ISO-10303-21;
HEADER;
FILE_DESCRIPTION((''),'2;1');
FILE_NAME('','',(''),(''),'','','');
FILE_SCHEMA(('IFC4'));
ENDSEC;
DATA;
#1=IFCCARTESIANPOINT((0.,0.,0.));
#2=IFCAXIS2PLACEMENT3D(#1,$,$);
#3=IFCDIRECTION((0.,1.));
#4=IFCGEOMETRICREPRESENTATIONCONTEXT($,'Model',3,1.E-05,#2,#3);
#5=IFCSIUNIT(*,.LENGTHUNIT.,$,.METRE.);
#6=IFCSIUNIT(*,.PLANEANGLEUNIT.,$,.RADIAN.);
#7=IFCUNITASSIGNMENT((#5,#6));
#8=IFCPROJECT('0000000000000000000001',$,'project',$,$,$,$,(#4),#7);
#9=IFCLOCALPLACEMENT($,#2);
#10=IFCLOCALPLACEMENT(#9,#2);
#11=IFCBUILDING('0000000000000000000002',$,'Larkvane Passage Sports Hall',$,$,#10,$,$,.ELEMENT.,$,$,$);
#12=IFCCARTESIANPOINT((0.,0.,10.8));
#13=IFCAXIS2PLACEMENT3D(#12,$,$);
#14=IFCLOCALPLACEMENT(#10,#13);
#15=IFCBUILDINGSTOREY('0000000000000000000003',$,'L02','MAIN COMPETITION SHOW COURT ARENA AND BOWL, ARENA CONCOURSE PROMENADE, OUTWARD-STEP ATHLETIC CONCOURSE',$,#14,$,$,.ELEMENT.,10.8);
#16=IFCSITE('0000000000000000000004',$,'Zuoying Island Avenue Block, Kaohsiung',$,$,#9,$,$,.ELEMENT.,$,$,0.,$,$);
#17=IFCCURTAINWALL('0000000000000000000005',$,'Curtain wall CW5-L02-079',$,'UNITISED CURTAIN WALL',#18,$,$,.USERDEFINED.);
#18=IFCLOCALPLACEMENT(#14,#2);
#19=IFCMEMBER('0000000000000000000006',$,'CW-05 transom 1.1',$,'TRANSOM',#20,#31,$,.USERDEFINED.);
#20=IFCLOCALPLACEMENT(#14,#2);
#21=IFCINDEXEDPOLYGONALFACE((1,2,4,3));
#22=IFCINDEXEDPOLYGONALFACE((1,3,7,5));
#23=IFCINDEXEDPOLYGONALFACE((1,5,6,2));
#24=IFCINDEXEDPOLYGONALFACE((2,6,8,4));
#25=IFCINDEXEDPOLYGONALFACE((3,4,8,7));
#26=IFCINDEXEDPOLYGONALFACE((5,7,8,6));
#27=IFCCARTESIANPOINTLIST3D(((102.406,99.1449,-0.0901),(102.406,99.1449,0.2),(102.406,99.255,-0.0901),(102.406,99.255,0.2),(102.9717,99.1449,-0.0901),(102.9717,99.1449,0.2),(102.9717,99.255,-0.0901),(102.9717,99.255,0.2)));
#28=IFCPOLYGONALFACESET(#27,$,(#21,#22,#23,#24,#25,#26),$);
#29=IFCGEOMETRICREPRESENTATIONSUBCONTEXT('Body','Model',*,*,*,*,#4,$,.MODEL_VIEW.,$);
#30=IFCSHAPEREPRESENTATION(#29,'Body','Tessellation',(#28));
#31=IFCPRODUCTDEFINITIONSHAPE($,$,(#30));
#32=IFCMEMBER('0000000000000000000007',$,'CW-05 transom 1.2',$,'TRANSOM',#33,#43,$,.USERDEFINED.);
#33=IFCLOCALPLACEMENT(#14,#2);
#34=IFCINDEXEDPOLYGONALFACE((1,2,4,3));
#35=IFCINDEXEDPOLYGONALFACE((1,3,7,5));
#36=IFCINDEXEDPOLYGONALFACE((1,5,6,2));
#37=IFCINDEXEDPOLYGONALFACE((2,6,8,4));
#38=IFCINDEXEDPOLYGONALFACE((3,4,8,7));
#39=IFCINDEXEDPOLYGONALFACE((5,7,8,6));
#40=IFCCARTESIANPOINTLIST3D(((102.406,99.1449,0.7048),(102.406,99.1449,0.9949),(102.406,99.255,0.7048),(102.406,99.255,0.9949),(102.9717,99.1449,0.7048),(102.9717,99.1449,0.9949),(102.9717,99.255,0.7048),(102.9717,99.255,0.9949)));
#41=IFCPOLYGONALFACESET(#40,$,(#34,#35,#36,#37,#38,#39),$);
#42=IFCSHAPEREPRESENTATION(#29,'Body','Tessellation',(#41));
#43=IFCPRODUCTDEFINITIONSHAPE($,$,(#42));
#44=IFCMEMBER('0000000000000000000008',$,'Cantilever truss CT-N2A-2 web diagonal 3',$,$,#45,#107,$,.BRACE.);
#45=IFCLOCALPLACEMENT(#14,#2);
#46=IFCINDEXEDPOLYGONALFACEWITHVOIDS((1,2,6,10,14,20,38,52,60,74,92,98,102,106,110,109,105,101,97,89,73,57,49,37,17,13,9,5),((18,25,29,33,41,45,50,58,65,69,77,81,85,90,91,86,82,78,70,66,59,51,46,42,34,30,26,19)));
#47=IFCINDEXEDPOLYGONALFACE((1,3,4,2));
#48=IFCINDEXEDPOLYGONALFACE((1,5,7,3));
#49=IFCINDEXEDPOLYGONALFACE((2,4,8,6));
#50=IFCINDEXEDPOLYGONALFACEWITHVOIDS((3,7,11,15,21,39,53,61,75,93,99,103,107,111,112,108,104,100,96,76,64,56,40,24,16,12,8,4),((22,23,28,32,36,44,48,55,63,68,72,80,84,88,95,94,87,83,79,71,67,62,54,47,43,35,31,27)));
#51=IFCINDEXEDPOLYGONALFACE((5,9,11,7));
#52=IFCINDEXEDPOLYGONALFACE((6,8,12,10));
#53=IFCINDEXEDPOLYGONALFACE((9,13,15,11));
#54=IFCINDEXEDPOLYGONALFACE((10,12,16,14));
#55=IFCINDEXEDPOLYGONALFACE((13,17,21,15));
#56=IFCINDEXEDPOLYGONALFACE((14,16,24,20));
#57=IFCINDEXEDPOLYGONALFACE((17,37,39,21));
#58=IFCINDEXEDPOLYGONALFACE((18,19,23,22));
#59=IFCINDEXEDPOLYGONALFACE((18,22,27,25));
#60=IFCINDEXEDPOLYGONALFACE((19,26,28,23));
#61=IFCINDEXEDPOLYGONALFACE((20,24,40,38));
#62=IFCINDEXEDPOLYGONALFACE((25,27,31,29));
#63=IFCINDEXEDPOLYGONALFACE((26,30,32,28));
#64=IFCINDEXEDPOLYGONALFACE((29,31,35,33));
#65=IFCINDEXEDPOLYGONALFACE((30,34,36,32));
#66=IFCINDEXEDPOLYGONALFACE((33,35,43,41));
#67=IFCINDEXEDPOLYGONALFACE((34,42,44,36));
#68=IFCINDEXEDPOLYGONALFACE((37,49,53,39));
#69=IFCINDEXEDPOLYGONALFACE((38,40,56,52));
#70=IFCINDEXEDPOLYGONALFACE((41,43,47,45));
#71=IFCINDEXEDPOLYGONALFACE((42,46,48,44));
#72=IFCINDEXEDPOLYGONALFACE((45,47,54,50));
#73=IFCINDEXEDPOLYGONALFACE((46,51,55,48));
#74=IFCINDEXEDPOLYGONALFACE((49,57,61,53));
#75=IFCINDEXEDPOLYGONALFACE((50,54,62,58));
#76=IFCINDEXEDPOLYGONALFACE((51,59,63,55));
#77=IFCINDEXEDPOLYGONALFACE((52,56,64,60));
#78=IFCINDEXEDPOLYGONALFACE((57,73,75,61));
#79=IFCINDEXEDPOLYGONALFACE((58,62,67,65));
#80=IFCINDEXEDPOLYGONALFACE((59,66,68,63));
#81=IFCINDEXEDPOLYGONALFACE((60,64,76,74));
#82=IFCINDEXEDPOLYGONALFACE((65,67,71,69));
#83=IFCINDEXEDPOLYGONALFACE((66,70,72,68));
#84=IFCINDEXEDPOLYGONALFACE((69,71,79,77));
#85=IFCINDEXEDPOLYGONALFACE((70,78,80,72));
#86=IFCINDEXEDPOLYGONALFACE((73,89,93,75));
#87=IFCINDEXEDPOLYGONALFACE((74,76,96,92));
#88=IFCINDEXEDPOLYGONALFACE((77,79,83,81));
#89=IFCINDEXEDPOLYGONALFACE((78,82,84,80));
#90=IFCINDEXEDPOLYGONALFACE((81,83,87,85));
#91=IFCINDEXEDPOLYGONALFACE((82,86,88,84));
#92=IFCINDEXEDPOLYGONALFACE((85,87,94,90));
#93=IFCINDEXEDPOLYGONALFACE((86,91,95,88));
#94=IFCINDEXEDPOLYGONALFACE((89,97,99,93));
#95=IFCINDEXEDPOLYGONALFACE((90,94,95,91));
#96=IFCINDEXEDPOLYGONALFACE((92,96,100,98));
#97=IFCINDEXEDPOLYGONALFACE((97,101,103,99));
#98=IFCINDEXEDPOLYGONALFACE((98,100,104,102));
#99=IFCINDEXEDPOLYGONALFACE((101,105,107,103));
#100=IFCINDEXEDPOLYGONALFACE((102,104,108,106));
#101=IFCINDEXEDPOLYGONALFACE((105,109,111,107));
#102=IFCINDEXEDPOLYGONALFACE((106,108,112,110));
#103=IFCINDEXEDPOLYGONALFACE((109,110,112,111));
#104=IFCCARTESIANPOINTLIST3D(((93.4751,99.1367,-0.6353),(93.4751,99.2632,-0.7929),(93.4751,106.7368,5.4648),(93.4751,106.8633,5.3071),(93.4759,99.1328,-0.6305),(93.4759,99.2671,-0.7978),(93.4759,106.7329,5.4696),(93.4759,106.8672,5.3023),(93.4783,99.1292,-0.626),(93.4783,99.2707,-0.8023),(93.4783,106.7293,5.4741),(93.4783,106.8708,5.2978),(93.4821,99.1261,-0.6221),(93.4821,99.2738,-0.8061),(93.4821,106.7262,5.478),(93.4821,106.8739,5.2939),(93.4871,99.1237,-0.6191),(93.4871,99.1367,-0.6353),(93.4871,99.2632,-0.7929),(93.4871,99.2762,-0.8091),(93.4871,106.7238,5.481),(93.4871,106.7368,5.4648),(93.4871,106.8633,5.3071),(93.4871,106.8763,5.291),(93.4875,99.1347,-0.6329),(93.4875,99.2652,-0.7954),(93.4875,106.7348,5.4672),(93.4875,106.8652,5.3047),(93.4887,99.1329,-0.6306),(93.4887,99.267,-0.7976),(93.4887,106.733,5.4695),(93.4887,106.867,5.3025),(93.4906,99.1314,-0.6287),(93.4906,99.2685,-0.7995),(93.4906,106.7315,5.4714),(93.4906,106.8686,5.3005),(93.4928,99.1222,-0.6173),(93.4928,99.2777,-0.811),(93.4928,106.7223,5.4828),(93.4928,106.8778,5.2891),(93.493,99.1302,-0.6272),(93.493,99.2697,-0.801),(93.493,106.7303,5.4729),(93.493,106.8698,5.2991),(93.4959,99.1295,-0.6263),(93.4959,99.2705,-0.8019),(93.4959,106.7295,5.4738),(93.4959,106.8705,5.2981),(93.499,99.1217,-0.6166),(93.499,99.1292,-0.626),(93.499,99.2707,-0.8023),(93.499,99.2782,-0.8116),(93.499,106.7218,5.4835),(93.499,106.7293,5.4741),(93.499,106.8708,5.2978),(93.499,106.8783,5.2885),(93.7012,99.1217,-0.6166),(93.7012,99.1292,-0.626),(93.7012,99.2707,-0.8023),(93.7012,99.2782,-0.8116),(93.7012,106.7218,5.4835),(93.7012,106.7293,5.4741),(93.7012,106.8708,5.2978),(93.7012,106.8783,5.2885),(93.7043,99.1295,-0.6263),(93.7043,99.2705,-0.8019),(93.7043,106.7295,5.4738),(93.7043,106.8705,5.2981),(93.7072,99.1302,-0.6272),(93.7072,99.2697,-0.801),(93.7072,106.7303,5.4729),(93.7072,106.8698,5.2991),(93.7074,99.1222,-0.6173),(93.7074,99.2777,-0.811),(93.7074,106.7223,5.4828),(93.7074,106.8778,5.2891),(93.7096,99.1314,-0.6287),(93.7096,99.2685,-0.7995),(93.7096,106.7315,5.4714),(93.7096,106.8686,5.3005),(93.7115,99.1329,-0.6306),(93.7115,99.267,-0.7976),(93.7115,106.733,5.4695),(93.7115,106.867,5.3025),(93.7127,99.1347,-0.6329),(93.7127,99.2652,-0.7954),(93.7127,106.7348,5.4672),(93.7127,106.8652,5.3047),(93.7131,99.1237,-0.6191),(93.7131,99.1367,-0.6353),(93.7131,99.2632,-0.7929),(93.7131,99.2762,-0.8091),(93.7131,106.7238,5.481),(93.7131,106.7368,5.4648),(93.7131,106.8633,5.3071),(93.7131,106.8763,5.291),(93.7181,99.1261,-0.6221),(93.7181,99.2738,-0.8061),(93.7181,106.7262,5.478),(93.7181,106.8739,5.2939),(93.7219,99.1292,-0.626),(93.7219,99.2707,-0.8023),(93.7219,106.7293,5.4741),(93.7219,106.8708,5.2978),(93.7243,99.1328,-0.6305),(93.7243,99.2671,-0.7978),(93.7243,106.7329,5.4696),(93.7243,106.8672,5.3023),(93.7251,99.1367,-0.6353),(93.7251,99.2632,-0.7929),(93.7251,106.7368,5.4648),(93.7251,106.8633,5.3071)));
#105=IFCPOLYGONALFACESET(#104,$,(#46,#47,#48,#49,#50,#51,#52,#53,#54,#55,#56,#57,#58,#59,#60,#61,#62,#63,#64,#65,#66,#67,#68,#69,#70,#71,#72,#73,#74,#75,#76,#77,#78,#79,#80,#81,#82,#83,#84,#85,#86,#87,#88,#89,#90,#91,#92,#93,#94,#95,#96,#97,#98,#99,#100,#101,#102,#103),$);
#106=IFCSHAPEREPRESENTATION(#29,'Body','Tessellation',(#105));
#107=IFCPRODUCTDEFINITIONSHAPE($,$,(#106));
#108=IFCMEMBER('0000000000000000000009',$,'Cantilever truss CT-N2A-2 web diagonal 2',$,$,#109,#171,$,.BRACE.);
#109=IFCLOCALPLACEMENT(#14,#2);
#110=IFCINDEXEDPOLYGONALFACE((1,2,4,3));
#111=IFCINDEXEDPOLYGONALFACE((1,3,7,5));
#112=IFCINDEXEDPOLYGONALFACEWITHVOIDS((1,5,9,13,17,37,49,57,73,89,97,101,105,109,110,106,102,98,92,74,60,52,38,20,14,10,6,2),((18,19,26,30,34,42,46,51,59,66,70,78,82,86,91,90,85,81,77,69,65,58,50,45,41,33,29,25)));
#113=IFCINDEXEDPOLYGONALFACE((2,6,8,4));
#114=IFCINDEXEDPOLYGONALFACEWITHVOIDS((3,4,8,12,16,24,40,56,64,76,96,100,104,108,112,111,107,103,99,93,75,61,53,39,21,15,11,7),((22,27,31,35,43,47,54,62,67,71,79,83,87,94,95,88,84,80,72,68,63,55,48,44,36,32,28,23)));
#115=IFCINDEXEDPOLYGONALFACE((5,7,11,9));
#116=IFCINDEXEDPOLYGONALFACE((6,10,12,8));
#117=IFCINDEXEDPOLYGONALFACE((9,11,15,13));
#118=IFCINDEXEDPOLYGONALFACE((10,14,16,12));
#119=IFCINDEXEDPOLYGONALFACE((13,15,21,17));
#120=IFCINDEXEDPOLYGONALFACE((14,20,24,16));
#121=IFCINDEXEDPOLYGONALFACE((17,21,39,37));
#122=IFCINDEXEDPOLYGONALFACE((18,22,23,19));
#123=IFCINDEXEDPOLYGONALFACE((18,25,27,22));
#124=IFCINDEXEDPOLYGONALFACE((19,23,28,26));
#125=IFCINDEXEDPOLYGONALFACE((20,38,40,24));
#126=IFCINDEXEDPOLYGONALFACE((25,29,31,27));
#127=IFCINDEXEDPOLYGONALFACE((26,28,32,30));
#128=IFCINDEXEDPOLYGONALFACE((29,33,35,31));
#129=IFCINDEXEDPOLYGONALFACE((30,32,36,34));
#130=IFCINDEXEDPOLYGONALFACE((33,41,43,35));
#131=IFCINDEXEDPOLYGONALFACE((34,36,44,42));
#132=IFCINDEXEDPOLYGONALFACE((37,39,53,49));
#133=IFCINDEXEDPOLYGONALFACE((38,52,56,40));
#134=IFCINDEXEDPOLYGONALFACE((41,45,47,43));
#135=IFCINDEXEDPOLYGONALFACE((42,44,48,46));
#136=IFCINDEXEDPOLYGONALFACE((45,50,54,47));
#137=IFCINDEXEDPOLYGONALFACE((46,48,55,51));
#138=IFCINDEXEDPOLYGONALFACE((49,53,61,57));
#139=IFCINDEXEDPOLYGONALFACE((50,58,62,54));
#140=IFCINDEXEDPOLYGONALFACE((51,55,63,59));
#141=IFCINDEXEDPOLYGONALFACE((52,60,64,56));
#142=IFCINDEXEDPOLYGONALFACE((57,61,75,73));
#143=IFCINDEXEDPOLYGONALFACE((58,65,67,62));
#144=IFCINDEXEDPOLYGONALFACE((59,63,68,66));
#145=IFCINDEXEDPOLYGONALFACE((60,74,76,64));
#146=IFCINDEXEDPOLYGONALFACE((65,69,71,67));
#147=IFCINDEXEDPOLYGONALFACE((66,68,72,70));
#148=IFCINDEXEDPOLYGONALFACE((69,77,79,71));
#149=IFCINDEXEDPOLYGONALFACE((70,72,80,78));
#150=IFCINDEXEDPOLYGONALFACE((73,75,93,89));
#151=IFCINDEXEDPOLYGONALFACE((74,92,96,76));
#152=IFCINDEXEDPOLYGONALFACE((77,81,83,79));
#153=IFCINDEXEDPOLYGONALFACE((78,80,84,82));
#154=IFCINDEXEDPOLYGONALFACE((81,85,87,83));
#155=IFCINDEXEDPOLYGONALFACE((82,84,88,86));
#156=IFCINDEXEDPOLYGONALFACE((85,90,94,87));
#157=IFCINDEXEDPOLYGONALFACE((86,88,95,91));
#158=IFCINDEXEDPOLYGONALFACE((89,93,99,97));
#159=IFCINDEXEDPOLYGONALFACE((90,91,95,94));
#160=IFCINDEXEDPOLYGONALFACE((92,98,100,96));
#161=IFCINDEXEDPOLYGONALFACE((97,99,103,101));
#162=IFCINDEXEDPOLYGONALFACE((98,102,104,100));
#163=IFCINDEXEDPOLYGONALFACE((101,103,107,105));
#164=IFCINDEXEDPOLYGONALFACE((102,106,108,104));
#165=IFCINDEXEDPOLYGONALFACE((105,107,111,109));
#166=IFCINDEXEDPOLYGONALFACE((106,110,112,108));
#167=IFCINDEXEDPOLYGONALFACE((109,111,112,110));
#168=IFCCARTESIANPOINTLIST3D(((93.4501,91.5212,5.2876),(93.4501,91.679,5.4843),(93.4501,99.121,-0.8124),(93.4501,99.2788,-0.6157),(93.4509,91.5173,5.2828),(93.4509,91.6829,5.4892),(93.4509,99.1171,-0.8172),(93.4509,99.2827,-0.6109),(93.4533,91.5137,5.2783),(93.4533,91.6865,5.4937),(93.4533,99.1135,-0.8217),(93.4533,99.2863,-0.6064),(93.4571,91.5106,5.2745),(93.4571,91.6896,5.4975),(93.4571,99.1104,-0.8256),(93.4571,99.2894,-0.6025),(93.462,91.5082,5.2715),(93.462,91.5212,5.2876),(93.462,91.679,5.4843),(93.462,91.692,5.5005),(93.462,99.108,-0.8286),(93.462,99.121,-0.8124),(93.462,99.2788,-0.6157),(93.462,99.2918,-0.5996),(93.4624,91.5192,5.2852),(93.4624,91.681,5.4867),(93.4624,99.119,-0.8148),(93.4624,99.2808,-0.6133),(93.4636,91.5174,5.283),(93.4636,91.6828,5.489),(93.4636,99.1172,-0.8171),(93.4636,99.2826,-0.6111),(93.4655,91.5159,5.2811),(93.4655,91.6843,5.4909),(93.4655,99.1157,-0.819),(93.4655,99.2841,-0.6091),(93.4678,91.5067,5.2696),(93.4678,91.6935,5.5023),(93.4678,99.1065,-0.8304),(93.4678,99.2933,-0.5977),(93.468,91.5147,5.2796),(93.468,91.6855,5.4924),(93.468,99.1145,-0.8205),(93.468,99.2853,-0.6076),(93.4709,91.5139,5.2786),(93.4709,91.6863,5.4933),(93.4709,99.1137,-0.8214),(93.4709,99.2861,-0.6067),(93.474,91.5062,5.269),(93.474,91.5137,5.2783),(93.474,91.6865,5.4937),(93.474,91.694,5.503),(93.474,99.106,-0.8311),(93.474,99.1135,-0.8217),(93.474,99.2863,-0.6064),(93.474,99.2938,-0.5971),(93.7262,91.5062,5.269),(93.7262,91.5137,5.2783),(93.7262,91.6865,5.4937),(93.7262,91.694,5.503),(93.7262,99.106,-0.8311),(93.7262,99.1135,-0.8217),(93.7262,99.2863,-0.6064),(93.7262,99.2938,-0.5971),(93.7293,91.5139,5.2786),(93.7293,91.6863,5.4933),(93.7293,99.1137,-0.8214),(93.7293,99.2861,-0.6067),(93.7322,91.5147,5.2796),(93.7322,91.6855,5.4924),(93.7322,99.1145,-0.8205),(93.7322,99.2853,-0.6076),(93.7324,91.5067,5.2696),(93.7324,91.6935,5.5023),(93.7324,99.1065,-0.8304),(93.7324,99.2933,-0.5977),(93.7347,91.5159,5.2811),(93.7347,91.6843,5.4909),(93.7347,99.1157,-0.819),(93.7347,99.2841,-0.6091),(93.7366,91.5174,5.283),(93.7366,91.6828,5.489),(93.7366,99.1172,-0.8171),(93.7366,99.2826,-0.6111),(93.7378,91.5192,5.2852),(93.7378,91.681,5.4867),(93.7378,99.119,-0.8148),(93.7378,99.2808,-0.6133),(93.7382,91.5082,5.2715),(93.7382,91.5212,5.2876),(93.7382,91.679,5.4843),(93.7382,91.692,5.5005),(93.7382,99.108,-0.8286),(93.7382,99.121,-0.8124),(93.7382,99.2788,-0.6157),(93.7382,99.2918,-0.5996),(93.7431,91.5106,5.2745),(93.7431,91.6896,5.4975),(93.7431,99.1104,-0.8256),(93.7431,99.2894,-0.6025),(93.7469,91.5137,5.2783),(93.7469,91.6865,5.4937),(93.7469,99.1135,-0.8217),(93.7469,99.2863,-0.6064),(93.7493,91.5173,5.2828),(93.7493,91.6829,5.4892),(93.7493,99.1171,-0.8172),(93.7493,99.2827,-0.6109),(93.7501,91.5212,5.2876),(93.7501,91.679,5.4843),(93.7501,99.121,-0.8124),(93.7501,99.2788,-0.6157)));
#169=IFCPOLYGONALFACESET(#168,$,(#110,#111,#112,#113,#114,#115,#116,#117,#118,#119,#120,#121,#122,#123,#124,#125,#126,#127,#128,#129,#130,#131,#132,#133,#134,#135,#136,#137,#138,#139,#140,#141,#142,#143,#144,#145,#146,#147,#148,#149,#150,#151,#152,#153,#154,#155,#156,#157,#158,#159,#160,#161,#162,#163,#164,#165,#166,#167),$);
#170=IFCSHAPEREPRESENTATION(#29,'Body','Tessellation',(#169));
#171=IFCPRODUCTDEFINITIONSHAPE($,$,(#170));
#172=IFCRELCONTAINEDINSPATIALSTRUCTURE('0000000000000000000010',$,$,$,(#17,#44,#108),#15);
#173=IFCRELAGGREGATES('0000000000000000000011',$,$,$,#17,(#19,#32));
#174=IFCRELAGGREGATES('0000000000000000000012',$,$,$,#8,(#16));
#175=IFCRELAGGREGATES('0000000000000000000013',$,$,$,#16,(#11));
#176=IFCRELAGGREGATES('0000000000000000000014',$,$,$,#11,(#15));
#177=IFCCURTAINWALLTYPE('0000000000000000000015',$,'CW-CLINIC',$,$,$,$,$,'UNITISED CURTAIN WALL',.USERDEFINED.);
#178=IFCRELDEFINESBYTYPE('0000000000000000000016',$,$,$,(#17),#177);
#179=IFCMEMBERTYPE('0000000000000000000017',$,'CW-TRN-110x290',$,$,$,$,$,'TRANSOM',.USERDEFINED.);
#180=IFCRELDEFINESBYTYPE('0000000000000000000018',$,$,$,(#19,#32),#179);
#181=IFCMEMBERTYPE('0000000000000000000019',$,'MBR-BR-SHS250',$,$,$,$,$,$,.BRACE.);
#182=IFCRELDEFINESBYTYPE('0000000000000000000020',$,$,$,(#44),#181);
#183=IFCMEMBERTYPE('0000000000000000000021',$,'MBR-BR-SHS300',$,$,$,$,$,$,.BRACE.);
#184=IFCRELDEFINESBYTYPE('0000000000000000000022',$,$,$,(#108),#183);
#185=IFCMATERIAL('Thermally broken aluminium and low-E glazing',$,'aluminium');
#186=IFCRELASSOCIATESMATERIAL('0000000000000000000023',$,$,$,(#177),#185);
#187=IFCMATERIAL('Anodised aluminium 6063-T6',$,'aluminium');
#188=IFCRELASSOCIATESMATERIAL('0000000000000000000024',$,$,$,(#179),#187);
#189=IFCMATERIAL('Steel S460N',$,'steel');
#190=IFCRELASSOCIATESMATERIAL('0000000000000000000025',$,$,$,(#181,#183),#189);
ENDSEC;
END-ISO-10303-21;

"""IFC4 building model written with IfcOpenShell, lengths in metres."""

from ifc_helpers import new_model, si_unit, direction, frame, origin, origin_2d, place, context, subcontext, project, spatial, rectangle, hollow_rectangle, extrude, material, material_profile, profile_set, type_object, element, aggregate, save


model = new_model("IFC4")

# Units and contexts
model_context = context("Model", 3, precision=1e-05, world=origin(), true_north=direction((0.0, 1.0)))
body_context = subcontext(model_context, "Body", "Model", "MODEL_VIEW")
ifc_project = project(units=[si_unit("LENGTHUNIT", "METRE"), si_unit("PLANEANGLEUNIT", "RADIAN")], contexts=[model_context])

# Site, building, storey
site_placement = place(None, origin())
site = spatial("IfcSite", under=ifc_project, at=site_placement, Name="Zuoying Island Avenue Block, Kaohsiung", CompositionType="ELEMENT", RefElevation=0.0)
building_placement = place(site_placement, origin())
building = spatial("IfcBuilding", under=site, at=building_placement, Name="Larkvane Passage Sports Hall", CompositionType="ELEMENT")
storey_placement = place(building_placement, frame((0.0, 0.0, 10.8)))
storey = spatial("IfcBuildingStorey", under=building, at=storey_placement, Name="L02", Description="MAIN COMPETITION SHOW COURT ARENA AND BOWL, ARENA CONCOURSE PROMENADE, OUTWARD-STEP ATHLETIC CONCOURSE", CompositionType="ELEMENT", Elevation=10.8)

# Shared definitions
ifc_material_1 = material(Name="Steel S460N", Category="steel")

# Curtain wall, members
ifc_material_2 = material(Name="Thermally broken aluminium and low-E glazing", Category="aluminium")
curtain_wall_type = type_object("IfcCurtainWallType", Name="CW-CLINIC", ElementType="UNITISED CURTAIN WALL", PredefinedType="USERDEFINED", material=ifc_material_2)
curtain_wall_placement = place(storey_placement, origin())
curtain_wall = element("IfcCurtainWall", 1, at=curtain_wall_placement, inside=storey, type_object=curtain_wall_type, Name="Curtain wall CW5-L02-079", ObjectType="UNITISED CURTAIN WALL", PredefinedType="USERDEFINED")
ifc_material_3 = material(Name="Anodised aluminium 6063-T6", Category="aluminium")
ifc_material_profile_1 = material_profile(ifc_material_3, rectangle(XDim=0.1101, YDim=0.29, at=origin_2d()), Name="ALU-TRN-110x290")
ifc_profile_set_1 = profile_set([ifc_material_profile_1], Name="Anodised aluminium 6063-T6")
member_type_1 = type_object("IfcMemberType", Name="CW-TRN-110x290", ElementType="TRANSOM", PredefinedType="USERDEFINED", material=ifc_profile_set_1)
member_1_placement = place(storey_placement, frame((102.406, 99.2, 0.0549), z_axis=(1.0, 0.0, 0.0), x_axis=(0.0, 1.0, 0.0)))
member_1 = element("IfcMember", 2, at=member_1_placement, type_object=member_type_1, Name="CW-05 transom 1.1", ObjectType="TRANSOM", PredefinedType="USERDEFINED", context=body_context, shape_type="SweptSolid", body=[
    extrude(rectangle(XDim=0.1101, YDim=0.29, at=origin_2d()), origin(), (0.0, 0.0, 1.0), 0.5657),
])
member_2_placement = place(storey_placement, frame((102.406, 99.2, 0.8499), z_axis=(1.0, 0.0, 0.0), x_axis=(0.0, 1.0, 0.0)))
member_2 = element("IfcMember", 3, at=member_2_placement, type_object=member_type_1, Name="CW-05 transom 1.2", ObjectType="TRANSOM", PredefinedType="USERDEFINED", context=body_context, shape_type="SweptSolid", body=[
    extrude(rectangle(XDim=0.1101, YDim=0.29, at=origin_2d()), origin(), (0.0, 0.0, 1.0), 0.5657),
])
aggregate(curtain_wall, [member_1, member_2])

# Members
ifc_material_profile_2 = material_profile(ifc_material_1, hollow_rectangle(XDim=0.25, YDim=0.25, WallThickness=0.012, InnerFilletRadius=0.012, OuterFilletRadius=0.0239, at=origin_2d()), Name="SHS-250x250x12")
ifc_profile_set_2 = profile_set([ifc_material_profile_2], Name="Steel S460N")
member_type_2 = type_object("IfcMemberType", Name="MBR-BR-SHS250", PredefinedType="BRACE", material=ifc_profile_set_2)
member_3_placement = place(storey_placement, frame((93.6001, 99.2, -0.7141), z_axis=(0.0, 0.779866, 0.625947), x_axis=(-1.0, 0.0, 0.0)))
element("IfcMember", 4, at=member_3_placement, inside=storey, type_object=member_type_2, Name="Cantilever truss CT-N2A-2 web diagonal 3", PredefinedType="BRACE", context=body_context, shape_type="SweptSolid", body=[
    extrude(hollow_rectangle(XDim=0.25, YDim=0.25, WallThickness=0.012, InnerFilletRadius=0.012, OuterFilletRadius=0.0239, at=origin_2d()), origin(), (0.0, 0.0, 1.0), 9.7454),
])
ifc_material_profile_3 = material_profile(ifc_material_1, hollow_rectangle(XDim=0.3, YDim=0.3, WallThickness=0.012, InnerFilletRadius=0.012, OuterFilletRadius=0.0239, at=origin_2d()), Name="SHS-300x300x12")
ifc_profile_set_3 = profile_set([ifc_material_profile_3], Name="Steel S460N")
member_type_3 = type_object("IfcMemberType", Name="MBR-BR-SHS300", PredefinedType="BRACE", material=ifc_profile_set_3)
member_4_placement = place(storey_placement, frame((93.6001, 91.6001, 5.386), z_axis=(0.0, 0.779856, -0.625959), x_axis=(-1.0, 0.0, 0.0)))
element("IfcMember", 5, at=member_4_placement, inside=storey, type_object=member_type_3, Name="Cantilever truss CT-N2A-2 web diagonal 2", PredefinedType="BRACE", context=body_context, shape_type="SweptSolid", body=[
    extrude(hollow_rectangle(XDim=0.3, YDim=0.3, WallThickness=0.012, InnerFilletRadius=0.012, OuterFilletRadius=0.0239, at=origin_2d()), origin(), (0.0, 0.0, 1.0), 9.7451),
])

save(model, "model.ifc")
